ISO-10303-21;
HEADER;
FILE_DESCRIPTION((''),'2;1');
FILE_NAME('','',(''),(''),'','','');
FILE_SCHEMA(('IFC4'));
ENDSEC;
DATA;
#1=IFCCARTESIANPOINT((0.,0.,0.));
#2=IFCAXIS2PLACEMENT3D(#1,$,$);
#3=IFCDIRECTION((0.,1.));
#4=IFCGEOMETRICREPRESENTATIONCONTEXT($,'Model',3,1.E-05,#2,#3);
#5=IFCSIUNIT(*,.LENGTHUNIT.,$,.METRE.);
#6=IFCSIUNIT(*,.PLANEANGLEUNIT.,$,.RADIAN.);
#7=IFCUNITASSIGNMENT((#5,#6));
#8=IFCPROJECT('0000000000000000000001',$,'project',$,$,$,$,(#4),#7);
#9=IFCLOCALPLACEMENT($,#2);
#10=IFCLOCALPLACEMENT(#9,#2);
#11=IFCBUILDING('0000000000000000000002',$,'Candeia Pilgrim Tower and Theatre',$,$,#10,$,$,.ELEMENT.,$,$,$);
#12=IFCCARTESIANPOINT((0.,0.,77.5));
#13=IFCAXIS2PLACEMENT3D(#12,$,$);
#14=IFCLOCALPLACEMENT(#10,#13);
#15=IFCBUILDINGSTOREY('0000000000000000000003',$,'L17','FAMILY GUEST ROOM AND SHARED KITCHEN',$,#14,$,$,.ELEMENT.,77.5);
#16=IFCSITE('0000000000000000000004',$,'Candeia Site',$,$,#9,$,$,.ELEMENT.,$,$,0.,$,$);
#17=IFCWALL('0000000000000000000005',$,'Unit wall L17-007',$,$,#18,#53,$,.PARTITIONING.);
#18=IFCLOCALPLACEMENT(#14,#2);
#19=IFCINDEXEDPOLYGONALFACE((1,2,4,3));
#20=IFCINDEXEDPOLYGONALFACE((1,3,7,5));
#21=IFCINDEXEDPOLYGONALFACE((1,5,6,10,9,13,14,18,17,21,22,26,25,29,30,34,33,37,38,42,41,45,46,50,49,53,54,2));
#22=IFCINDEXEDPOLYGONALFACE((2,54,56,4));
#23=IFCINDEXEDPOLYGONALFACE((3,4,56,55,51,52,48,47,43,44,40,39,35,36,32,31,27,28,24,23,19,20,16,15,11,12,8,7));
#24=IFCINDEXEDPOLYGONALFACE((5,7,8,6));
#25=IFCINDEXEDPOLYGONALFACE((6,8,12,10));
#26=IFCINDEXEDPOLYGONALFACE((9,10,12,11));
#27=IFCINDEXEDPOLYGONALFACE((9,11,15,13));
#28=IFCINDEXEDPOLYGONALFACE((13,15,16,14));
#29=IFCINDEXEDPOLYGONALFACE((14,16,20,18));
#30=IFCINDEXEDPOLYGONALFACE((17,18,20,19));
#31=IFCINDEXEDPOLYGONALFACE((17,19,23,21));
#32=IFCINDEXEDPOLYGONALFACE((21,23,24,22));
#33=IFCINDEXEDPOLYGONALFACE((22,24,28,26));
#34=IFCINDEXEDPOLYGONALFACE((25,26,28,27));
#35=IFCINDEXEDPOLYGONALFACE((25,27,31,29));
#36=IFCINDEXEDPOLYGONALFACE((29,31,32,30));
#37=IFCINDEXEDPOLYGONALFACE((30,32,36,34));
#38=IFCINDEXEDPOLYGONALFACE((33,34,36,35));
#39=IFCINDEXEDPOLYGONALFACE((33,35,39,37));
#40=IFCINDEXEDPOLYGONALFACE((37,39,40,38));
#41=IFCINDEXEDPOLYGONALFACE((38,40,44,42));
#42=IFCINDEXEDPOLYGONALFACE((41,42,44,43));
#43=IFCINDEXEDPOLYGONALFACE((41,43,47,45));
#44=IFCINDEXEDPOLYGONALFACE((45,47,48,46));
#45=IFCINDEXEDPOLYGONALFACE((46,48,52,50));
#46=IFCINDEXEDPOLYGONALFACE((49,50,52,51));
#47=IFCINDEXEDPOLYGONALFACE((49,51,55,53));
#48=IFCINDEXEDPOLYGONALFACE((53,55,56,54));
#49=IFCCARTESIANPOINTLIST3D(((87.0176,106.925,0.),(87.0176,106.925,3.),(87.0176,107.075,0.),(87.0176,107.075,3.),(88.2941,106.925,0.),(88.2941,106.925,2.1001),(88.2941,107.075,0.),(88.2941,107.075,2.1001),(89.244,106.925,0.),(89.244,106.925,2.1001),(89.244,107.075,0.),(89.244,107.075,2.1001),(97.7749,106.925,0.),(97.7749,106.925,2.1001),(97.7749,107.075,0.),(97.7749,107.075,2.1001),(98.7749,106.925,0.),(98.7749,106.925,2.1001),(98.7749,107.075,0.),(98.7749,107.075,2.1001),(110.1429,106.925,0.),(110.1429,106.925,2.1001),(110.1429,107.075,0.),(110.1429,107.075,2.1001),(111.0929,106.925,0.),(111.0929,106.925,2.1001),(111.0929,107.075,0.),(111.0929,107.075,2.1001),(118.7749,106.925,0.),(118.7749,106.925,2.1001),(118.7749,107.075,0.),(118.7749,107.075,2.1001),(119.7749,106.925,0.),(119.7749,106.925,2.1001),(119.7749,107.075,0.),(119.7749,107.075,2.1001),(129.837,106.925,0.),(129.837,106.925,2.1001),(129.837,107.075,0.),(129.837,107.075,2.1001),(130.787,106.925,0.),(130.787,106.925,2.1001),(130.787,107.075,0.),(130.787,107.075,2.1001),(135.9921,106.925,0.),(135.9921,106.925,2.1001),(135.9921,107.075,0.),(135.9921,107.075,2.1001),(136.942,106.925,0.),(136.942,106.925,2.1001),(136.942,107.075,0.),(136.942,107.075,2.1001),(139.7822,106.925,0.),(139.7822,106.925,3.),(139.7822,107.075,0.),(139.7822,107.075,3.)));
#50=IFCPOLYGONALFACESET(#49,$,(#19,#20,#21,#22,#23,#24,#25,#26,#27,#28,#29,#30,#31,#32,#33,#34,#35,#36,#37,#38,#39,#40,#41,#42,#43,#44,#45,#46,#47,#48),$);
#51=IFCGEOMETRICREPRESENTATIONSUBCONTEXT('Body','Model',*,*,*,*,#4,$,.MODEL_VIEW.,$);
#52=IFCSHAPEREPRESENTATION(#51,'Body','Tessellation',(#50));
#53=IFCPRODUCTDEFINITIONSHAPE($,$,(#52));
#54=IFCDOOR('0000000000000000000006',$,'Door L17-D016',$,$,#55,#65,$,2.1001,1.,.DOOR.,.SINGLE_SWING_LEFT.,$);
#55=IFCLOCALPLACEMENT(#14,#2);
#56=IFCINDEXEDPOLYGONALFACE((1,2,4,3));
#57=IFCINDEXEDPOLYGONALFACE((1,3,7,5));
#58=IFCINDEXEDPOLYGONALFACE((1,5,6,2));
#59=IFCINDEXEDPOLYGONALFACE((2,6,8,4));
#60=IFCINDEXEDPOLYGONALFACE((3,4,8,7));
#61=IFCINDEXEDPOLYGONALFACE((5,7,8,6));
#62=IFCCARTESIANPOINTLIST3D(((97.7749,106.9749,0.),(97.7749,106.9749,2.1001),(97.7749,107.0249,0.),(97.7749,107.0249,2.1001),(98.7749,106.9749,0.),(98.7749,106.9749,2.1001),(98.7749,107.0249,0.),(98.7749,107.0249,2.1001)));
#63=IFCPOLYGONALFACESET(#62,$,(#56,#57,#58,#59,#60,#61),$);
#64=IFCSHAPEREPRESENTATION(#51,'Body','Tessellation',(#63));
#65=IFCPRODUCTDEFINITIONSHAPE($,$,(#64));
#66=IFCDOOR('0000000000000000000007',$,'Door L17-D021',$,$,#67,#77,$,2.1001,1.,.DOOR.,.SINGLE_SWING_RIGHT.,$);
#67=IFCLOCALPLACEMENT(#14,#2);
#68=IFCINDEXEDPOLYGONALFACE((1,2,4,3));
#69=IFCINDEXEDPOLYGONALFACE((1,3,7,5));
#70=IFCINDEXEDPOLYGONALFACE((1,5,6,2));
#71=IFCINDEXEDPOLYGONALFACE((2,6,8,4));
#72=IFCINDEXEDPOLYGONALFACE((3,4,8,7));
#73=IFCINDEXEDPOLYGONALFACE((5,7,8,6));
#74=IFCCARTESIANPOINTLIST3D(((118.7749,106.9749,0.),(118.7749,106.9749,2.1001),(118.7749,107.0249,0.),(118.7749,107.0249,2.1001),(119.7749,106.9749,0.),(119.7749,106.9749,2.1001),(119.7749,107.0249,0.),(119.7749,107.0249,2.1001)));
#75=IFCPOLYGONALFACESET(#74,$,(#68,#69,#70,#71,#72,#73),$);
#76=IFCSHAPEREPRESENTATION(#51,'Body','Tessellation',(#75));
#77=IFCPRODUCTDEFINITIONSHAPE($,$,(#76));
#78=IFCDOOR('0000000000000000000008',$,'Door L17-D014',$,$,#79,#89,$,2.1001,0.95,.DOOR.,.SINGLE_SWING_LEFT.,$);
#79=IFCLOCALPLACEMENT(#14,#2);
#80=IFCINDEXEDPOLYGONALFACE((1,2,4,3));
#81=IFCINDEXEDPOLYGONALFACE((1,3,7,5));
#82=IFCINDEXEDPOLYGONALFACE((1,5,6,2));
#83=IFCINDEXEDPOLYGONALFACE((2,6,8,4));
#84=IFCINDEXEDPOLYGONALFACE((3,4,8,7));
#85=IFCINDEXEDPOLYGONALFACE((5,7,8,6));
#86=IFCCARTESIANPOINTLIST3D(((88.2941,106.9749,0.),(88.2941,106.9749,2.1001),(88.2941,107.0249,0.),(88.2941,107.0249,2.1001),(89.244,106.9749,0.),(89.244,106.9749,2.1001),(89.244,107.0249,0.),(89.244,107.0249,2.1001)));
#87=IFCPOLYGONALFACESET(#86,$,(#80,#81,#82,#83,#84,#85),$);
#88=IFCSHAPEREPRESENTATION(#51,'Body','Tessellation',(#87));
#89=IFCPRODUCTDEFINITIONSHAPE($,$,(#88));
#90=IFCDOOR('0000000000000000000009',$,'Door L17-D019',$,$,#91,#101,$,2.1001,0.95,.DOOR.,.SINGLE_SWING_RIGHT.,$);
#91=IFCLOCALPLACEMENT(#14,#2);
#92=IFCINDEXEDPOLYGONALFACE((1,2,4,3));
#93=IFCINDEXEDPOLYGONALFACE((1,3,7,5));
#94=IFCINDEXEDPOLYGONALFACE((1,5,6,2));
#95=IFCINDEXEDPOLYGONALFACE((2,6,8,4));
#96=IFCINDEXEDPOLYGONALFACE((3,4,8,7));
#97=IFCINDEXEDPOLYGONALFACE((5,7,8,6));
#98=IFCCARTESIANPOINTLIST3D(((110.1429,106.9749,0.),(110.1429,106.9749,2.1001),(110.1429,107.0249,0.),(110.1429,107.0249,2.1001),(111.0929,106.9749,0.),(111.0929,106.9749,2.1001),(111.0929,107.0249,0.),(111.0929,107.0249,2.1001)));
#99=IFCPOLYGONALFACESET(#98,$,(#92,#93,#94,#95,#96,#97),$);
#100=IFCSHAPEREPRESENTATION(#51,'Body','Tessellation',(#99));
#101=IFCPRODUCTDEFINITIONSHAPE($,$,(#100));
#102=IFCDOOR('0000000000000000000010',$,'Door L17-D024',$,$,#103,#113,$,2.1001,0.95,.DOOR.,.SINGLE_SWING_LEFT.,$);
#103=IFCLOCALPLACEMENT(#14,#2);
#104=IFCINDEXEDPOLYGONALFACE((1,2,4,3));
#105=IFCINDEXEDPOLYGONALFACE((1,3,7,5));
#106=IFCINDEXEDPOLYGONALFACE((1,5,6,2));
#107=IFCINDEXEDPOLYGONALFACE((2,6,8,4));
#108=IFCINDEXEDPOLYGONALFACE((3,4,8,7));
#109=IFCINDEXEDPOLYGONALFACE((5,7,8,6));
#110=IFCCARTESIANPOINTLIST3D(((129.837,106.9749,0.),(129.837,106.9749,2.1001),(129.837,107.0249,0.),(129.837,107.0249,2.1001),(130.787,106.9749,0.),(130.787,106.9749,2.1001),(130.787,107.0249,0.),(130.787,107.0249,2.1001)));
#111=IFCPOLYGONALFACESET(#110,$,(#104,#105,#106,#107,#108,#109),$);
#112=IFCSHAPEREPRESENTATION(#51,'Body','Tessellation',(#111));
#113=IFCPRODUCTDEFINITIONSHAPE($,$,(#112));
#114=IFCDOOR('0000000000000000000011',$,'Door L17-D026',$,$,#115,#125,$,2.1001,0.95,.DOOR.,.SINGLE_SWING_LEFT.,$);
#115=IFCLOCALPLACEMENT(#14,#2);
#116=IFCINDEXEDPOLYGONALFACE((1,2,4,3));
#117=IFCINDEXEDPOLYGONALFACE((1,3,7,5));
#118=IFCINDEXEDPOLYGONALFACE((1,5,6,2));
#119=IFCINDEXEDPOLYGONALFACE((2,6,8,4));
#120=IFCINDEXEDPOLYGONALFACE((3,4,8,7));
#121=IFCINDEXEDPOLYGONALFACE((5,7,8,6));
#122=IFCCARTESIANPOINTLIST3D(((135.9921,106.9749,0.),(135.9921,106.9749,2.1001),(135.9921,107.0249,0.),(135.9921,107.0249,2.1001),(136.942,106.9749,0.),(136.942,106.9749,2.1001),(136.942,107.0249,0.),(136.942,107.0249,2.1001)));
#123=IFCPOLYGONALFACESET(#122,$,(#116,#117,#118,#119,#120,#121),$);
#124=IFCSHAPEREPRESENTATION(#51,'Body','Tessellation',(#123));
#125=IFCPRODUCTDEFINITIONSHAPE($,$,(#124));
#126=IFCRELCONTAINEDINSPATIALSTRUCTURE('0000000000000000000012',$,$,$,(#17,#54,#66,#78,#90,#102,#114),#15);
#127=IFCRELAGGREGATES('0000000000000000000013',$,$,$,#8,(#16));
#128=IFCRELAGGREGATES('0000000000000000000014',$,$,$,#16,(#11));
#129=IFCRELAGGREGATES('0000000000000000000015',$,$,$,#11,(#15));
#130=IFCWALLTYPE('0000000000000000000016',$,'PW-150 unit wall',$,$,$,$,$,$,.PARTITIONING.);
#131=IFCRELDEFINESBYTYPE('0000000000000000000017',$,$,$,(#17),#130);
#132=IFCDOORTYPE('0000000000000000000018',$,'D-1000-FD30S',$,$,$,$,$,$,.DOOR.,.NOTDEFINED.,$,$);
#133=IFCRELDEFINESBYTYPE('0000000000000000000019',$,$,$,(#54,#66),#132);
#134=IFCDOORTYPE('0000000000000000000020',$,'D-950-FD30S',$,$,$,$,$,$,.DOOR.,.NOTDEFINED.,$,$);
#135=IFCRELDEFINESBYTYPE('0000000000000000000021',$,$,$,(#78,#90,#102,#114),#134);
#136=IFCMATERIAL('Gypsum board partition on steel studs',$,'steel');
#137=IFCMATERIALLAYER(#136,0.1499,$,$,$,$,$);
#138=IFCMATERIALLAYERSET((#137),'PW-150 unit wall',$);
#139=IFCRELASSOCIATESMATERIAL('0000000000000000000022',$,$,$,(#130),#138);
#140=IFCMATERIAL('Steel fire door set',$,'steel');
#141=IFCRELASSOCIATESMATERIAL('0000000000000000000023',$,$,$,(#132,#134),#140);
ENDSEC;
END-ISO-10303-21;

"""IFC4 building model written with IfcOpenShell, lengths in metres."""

from ifc_helpers import new_model, si_unit, direction, frame, frame_2d, origin, place, context, subcontext, project, spatial, rectangle, extrude, material, layer, layer_set, type_object, element, fill, save


model = new_model("IFC4")

# Units and contexts
model_context = context("Model", 3, precision=1e-05, world=origin(), true_north=direction((0.0, 1.0)))
body_context = subcontext(model_context, "Body", "Model", "MODEL_VIEW")
ifc_project = project(units=[si_unit("LENGTHUNIT", "METRE"), si_unit("PLANEANGLEUNIT", "RADIAN")], contexts=[model_context])

# Site, building, storey
site_placement = place(None, origin())
site = spatial("IfcSite", under=ifc_project, at=site_placement, Name="Candeia Site", CompositionType="ELEMENT", RefElevation=0.0)
building_placement = place(site_placement, origin())
building = spatial("IfcBuilding", under=site, at=building_placement, Name="Candeia Pilgrim Tower and Theatre", CompositionType="ELEMENT")
storey_placement = place(building_placement, frame((0.0, 0.0, 77.5)))
storey = spatial("IfcBuildingStorey", under=building, at=storey_placement, Name="L17", Description="FAMILY GUEST ROOM AND SHARED KITCHEN", CompositionType="ELEMENT", Elevation=77.5)

# Shared definitions
ifc_material_1 = material(Name="Gypsum board partition on steel studs", Category="steel")

# Wall, openings, doors
ifc_layer_1 = layer(ifc_material_1, 0.1499)
ifc_layer_set_1 = layer_set([ifc_layer_1], Name="PW-150 unit wall")
wall_type_1 = type_object("IfcWallType", Name="PW-150 unit wall", PredefinedType="PARTITIONING", material=ifc_layer_set_1)
wall_1_placement = place(storey_placement, frame((87.0176, 107.0, 0.0), z_axis=(0.0, 0.0, 1.0), x_axis=(1.0, 0.0, 0.0)))
wall_1 = element("IfcWall", 1, at=wall_1_placement, inside=storey, type_object=wall_type_1, Name="Unit wall L17-007", PredefinedType="PARTITIONING", context=body_context, shape_type="SweptSolid", body=[
    extrude(rectangle(XDim=52.7646, YDim=0.1499, at=frame_2d((26.3823, 0.0))), origin(), (0.0, 0.0, 1.0), 3.0),
])
opening_1_placement = place(wall_1_placement, frame((1.2764, 0.0, 0.0)))
opening_1 = element("IfcOpeningElement", 2, at=opening_1_placement, cuts=wall_1, PredefinedType="OPENING", context=body_context, shape_type="SweptSolid", body=[
    extrude(rectangle(XDim=0.95, YDim=2.1001, at=frame_2d((0.4751, 1.05))), frame((0.0, 0.085, 0.0), z_axis=(0.0, -1.0, 0.0), x_axis=(1.0, 0.0, 0.0)), (0.0, 0.0, 1.0), 0.1699),
])
opening_2_placement = place(wall_1_placement, frame((10.7573, 0.0, 0.0)))
opening_2 = element("IfcOpeningElement", 3, at=opening_2_placement, cuts=wall_1, PredefinedType="OPENING", context=body_context, shape_type="SweptSolid", body=[
    extrude(rectangle(XDim=1.0, YDim=2.1001, at=frame_2d((0.5, 1.05))), frame((0.0, 0.085, 0.0), z_axis=(0.0, -1.0, 0.0), x_axis=(1.0, 0.0, 0.0)), (0.0, 0.0, 1.0), 0.1699),
])
opening_3_placement = place(wall_1_placement, frame((23.1252, 0.0, 0.0)))
opening_3 = element("IfcOpeningElement", 4, at=opening_3_placement, cuts=wall_1, PredefinedType="OPENING", context=body_context, shape_type="SweptSolid", body=[
    extrude(rectangle(XDim=0.95, YDim=2.1001, at=frame_2d((0.4751, 1.05))), frame((0.0, 0.085, 0.0), z_axis=(0.0, -1.0, 0.0), x_axis=(1.0, 0.0, 0.0)), (0.0, 0.0, 1.0), 0.1699),
])
opening_4_placement = place(wall_1_placement, frame((31.7573, 0.0, 0.0)))
opening_4 = element("IfcOpeningElement", 5, at=opening_4_placement, cuts=wall_1, PredefinedType="OPENING", context=body_context, shape_type="SweptSolid", body=[
    extrude(rectangle(XDim=1.0, YDim=2.1001, at=frame_2d((0.5, 1.05))), frame((0.0, 0.085, 0.0), z_axis=(0.0, -1.0, 0.0), x_axis=(1.0, 0.0, 0.0)), (0.0, 0.0, 1.0), 0.1699),
])
opening_5_placement = place(wall_1_placement, frame((42.8193, 0.0, 0.0)))
opening_5 = element("IfcOpeningElement", 6, at=opening_5_placement, cuts=wall_1, PredefinedType="OPENING", context=body_context, shape_type="SweptSolid", body=[
    extrude(rectangle(XDim=0.95, YDim=2.1001, at=frame_2d((0.4751, 1.05))), frame((0.0, 0.085, 0.0), z_axis=(0.0, -1.0, 0.0), x_axis=(1.0, 0.0, 0.0)), (0.0, 0.0, 1.0), 0.1699),
])
opening_6_placement = place(wall_1_placement, frame((48.9744, 0.0, 0.0)))
opening_6 = element("IfcOpeningElement", 7, at=opening_6_placement, cuts=wall_1, PredefinedType="OPENING", context=body_context, shape_type="SweptSolid", body=[
    extrude(rectangle(XDim=0.95, YDim=2.1001, at=frame_2d((0.4751, 1.05))), frame((0.0, 0.085, 0.0), z_axis=(0.0, -1.0, 0.0), x_axis=(1.0, 0.0, 0.0)), (0.0, 0.0, 1.0), 0.1699),
])
ifc_material_2 = material(Name="Steel fire door set", Category="steel")
door_type_1 = type_object("IfcDoorType", Name="D-1000-FD30S", OperationType="NOTDEFINED", PredefinedType="DOOR", material=ifc_material_2)
door_1_placement = place(opening_2_placement, origin())
door_1 = element("IfcDoor", 8, at=door_1_placement, inside=storey, type_object=door_type_1, Name="Door L17-D016", OperationType="SINGLE_SWING_LEFT", OverallHeight=2.1001, OverallWidth=1.0, PredefinedType="DOOR", context=body_context, shape_type="SweptSolid", body=[
    extrude(rectangle(XDim=1.0, YDim=2.1001, at=frame_2d((0.5, 1.05))), frame((0.0, 0.0249, 0.0), z_axis=(0.0, -1.0, 0.0), x_axis=(1.0, 0.0, 0.0)), (0.0, 0.0, 1.0), 0.05),
])
fill(opening_2, door_1)
door_2_placement = place(opening_4_placement, origin())
door_2 = element("IfcDoor", 9, at=door_2_placement, inside=storey, type_object=door_type_1, Name="Door L17-D021", OperationType="SINGLE_SWING_RIGHT", OverallHeight=2.1001, OverallWidth=1.0, PredefinedType="DOOR", context=body_context, shape_type="SweptSolid", body=[
    extrude(rectangle(XDim=1.0, YDim=2.1001, at=frame_2d((0.5, 1.05))), frame((0.0, 0.0249, 0.0), z_axis=(0.0, -1.0, 0.0), x_axis=(1.0, 0.0, 0.0)), (0.0, 0.0, 1.0), 0.05),
])
fill(opening_4, door_2)
door_type_2 = type_object("IfcDoorType", Name="D-950-FD30S", OperationType="NOTDEFINED", PredefinedType="DOOR", material=ifc_material_2)
door_3_placement = place(opening_1_placement, origin())
door_3 = element("IfcDoor", 10, at=door_3_placement, inside=storey, type_object=door_type_2, Name="Door L17-D014", OperationType="SINGLE_SWING_LEFT", OverallHeight=2.1001, OverallWidth=0.95, PredefinedType="DOOR", context=body_context, shape_type="SweptSolid", body=[
    extrude(rectangle(XDim=0.95, YDim=2.1001, at=frame_2d((0.4751, 1.05))), frame((0.0, 0.0249, 0.0), z_axis=(0.0, -1.0, 0.0), x_axis=(1.0, 0.0, 0.0)), (0.0, 0.0, 1.0), 0.05),
])
fill(opening_1, door_3)
door_4_placement = place(opening_3_placement, origin())
door_4 = element("IfcDoor", 11, at=door_4_placement, inside=storey, type_object=door_type_2, Name="Door L17-D019", OperationType="SINGLE_SWING_RIGHT", OverallHeight=2.1001, OverallWidth=0.95, PredefinedType="DOOR", context=body_context, shape_type="SweptSolid", body=[
    extrude(rectangle(XDim=0.95, YDim=2.1001, at=frame_2d((0.4751, 1.05))), frame((0.0, 0.0249, 0.0), z_axis=(0.0, -1.0, 0.0), x_axis=(1.0, 0.0, 0.0)), (0.0, 0.0, 1.0), 0.05),
])
fill(opening_3, door_4)
door_5_placement = place(opening_5_placement, origin())
door_5 = element("IfcDoor", 12, at=door_5_placement, inside=storey, type_object=door_type_2, Name="Door L17-D024", OperationType="SINGLE_SWING_LEFT", OverallHeight=2.1001, OverallWidth=0.95, PredefinedType="DOOR", context=body_context, shape_type="SweptSolid", body=[
    extrude(rectangle(XDim=0.95, YDim=2.1001, at=frame_2d((0.4751, 1.05))), frame((0.0, 0.0249, 0.0), z_axis=(0.0, -1.0, 0.0), x_axis=(1.0, 0.0, 0.0)), (0.0, 0.0, 1.0), 0.05),
])
fill(opening_5, door_5)
door_6_placement = place(opening_6_placement, origin())
door_6 = element("IfcDoor", 13, at=door_6_placement, inside=storey, type_object=door_type_2, Name="Door L17-D026", OperationType="SINGLE_SWING_LEFT", OverallHeight=2.1001, OverallWidth=0.95, PredefinedType="DOOR", context=body_context, shape_type="SweptSolid", body=[
    extrude(rectangle(XDim=0.95, YDim=2.1001, at=frame_2d((0.4751, 1.05))), frame((0.0, 0.0249, 0.0), z_axis=(0.0, -1.0, 0.0), x_axis=(1.0, 0.0, 0.0)), (0.0, 0.0, 1.0), 0.05),
])
fill(opening_6, door_6)

save(model, "model.ifc")
